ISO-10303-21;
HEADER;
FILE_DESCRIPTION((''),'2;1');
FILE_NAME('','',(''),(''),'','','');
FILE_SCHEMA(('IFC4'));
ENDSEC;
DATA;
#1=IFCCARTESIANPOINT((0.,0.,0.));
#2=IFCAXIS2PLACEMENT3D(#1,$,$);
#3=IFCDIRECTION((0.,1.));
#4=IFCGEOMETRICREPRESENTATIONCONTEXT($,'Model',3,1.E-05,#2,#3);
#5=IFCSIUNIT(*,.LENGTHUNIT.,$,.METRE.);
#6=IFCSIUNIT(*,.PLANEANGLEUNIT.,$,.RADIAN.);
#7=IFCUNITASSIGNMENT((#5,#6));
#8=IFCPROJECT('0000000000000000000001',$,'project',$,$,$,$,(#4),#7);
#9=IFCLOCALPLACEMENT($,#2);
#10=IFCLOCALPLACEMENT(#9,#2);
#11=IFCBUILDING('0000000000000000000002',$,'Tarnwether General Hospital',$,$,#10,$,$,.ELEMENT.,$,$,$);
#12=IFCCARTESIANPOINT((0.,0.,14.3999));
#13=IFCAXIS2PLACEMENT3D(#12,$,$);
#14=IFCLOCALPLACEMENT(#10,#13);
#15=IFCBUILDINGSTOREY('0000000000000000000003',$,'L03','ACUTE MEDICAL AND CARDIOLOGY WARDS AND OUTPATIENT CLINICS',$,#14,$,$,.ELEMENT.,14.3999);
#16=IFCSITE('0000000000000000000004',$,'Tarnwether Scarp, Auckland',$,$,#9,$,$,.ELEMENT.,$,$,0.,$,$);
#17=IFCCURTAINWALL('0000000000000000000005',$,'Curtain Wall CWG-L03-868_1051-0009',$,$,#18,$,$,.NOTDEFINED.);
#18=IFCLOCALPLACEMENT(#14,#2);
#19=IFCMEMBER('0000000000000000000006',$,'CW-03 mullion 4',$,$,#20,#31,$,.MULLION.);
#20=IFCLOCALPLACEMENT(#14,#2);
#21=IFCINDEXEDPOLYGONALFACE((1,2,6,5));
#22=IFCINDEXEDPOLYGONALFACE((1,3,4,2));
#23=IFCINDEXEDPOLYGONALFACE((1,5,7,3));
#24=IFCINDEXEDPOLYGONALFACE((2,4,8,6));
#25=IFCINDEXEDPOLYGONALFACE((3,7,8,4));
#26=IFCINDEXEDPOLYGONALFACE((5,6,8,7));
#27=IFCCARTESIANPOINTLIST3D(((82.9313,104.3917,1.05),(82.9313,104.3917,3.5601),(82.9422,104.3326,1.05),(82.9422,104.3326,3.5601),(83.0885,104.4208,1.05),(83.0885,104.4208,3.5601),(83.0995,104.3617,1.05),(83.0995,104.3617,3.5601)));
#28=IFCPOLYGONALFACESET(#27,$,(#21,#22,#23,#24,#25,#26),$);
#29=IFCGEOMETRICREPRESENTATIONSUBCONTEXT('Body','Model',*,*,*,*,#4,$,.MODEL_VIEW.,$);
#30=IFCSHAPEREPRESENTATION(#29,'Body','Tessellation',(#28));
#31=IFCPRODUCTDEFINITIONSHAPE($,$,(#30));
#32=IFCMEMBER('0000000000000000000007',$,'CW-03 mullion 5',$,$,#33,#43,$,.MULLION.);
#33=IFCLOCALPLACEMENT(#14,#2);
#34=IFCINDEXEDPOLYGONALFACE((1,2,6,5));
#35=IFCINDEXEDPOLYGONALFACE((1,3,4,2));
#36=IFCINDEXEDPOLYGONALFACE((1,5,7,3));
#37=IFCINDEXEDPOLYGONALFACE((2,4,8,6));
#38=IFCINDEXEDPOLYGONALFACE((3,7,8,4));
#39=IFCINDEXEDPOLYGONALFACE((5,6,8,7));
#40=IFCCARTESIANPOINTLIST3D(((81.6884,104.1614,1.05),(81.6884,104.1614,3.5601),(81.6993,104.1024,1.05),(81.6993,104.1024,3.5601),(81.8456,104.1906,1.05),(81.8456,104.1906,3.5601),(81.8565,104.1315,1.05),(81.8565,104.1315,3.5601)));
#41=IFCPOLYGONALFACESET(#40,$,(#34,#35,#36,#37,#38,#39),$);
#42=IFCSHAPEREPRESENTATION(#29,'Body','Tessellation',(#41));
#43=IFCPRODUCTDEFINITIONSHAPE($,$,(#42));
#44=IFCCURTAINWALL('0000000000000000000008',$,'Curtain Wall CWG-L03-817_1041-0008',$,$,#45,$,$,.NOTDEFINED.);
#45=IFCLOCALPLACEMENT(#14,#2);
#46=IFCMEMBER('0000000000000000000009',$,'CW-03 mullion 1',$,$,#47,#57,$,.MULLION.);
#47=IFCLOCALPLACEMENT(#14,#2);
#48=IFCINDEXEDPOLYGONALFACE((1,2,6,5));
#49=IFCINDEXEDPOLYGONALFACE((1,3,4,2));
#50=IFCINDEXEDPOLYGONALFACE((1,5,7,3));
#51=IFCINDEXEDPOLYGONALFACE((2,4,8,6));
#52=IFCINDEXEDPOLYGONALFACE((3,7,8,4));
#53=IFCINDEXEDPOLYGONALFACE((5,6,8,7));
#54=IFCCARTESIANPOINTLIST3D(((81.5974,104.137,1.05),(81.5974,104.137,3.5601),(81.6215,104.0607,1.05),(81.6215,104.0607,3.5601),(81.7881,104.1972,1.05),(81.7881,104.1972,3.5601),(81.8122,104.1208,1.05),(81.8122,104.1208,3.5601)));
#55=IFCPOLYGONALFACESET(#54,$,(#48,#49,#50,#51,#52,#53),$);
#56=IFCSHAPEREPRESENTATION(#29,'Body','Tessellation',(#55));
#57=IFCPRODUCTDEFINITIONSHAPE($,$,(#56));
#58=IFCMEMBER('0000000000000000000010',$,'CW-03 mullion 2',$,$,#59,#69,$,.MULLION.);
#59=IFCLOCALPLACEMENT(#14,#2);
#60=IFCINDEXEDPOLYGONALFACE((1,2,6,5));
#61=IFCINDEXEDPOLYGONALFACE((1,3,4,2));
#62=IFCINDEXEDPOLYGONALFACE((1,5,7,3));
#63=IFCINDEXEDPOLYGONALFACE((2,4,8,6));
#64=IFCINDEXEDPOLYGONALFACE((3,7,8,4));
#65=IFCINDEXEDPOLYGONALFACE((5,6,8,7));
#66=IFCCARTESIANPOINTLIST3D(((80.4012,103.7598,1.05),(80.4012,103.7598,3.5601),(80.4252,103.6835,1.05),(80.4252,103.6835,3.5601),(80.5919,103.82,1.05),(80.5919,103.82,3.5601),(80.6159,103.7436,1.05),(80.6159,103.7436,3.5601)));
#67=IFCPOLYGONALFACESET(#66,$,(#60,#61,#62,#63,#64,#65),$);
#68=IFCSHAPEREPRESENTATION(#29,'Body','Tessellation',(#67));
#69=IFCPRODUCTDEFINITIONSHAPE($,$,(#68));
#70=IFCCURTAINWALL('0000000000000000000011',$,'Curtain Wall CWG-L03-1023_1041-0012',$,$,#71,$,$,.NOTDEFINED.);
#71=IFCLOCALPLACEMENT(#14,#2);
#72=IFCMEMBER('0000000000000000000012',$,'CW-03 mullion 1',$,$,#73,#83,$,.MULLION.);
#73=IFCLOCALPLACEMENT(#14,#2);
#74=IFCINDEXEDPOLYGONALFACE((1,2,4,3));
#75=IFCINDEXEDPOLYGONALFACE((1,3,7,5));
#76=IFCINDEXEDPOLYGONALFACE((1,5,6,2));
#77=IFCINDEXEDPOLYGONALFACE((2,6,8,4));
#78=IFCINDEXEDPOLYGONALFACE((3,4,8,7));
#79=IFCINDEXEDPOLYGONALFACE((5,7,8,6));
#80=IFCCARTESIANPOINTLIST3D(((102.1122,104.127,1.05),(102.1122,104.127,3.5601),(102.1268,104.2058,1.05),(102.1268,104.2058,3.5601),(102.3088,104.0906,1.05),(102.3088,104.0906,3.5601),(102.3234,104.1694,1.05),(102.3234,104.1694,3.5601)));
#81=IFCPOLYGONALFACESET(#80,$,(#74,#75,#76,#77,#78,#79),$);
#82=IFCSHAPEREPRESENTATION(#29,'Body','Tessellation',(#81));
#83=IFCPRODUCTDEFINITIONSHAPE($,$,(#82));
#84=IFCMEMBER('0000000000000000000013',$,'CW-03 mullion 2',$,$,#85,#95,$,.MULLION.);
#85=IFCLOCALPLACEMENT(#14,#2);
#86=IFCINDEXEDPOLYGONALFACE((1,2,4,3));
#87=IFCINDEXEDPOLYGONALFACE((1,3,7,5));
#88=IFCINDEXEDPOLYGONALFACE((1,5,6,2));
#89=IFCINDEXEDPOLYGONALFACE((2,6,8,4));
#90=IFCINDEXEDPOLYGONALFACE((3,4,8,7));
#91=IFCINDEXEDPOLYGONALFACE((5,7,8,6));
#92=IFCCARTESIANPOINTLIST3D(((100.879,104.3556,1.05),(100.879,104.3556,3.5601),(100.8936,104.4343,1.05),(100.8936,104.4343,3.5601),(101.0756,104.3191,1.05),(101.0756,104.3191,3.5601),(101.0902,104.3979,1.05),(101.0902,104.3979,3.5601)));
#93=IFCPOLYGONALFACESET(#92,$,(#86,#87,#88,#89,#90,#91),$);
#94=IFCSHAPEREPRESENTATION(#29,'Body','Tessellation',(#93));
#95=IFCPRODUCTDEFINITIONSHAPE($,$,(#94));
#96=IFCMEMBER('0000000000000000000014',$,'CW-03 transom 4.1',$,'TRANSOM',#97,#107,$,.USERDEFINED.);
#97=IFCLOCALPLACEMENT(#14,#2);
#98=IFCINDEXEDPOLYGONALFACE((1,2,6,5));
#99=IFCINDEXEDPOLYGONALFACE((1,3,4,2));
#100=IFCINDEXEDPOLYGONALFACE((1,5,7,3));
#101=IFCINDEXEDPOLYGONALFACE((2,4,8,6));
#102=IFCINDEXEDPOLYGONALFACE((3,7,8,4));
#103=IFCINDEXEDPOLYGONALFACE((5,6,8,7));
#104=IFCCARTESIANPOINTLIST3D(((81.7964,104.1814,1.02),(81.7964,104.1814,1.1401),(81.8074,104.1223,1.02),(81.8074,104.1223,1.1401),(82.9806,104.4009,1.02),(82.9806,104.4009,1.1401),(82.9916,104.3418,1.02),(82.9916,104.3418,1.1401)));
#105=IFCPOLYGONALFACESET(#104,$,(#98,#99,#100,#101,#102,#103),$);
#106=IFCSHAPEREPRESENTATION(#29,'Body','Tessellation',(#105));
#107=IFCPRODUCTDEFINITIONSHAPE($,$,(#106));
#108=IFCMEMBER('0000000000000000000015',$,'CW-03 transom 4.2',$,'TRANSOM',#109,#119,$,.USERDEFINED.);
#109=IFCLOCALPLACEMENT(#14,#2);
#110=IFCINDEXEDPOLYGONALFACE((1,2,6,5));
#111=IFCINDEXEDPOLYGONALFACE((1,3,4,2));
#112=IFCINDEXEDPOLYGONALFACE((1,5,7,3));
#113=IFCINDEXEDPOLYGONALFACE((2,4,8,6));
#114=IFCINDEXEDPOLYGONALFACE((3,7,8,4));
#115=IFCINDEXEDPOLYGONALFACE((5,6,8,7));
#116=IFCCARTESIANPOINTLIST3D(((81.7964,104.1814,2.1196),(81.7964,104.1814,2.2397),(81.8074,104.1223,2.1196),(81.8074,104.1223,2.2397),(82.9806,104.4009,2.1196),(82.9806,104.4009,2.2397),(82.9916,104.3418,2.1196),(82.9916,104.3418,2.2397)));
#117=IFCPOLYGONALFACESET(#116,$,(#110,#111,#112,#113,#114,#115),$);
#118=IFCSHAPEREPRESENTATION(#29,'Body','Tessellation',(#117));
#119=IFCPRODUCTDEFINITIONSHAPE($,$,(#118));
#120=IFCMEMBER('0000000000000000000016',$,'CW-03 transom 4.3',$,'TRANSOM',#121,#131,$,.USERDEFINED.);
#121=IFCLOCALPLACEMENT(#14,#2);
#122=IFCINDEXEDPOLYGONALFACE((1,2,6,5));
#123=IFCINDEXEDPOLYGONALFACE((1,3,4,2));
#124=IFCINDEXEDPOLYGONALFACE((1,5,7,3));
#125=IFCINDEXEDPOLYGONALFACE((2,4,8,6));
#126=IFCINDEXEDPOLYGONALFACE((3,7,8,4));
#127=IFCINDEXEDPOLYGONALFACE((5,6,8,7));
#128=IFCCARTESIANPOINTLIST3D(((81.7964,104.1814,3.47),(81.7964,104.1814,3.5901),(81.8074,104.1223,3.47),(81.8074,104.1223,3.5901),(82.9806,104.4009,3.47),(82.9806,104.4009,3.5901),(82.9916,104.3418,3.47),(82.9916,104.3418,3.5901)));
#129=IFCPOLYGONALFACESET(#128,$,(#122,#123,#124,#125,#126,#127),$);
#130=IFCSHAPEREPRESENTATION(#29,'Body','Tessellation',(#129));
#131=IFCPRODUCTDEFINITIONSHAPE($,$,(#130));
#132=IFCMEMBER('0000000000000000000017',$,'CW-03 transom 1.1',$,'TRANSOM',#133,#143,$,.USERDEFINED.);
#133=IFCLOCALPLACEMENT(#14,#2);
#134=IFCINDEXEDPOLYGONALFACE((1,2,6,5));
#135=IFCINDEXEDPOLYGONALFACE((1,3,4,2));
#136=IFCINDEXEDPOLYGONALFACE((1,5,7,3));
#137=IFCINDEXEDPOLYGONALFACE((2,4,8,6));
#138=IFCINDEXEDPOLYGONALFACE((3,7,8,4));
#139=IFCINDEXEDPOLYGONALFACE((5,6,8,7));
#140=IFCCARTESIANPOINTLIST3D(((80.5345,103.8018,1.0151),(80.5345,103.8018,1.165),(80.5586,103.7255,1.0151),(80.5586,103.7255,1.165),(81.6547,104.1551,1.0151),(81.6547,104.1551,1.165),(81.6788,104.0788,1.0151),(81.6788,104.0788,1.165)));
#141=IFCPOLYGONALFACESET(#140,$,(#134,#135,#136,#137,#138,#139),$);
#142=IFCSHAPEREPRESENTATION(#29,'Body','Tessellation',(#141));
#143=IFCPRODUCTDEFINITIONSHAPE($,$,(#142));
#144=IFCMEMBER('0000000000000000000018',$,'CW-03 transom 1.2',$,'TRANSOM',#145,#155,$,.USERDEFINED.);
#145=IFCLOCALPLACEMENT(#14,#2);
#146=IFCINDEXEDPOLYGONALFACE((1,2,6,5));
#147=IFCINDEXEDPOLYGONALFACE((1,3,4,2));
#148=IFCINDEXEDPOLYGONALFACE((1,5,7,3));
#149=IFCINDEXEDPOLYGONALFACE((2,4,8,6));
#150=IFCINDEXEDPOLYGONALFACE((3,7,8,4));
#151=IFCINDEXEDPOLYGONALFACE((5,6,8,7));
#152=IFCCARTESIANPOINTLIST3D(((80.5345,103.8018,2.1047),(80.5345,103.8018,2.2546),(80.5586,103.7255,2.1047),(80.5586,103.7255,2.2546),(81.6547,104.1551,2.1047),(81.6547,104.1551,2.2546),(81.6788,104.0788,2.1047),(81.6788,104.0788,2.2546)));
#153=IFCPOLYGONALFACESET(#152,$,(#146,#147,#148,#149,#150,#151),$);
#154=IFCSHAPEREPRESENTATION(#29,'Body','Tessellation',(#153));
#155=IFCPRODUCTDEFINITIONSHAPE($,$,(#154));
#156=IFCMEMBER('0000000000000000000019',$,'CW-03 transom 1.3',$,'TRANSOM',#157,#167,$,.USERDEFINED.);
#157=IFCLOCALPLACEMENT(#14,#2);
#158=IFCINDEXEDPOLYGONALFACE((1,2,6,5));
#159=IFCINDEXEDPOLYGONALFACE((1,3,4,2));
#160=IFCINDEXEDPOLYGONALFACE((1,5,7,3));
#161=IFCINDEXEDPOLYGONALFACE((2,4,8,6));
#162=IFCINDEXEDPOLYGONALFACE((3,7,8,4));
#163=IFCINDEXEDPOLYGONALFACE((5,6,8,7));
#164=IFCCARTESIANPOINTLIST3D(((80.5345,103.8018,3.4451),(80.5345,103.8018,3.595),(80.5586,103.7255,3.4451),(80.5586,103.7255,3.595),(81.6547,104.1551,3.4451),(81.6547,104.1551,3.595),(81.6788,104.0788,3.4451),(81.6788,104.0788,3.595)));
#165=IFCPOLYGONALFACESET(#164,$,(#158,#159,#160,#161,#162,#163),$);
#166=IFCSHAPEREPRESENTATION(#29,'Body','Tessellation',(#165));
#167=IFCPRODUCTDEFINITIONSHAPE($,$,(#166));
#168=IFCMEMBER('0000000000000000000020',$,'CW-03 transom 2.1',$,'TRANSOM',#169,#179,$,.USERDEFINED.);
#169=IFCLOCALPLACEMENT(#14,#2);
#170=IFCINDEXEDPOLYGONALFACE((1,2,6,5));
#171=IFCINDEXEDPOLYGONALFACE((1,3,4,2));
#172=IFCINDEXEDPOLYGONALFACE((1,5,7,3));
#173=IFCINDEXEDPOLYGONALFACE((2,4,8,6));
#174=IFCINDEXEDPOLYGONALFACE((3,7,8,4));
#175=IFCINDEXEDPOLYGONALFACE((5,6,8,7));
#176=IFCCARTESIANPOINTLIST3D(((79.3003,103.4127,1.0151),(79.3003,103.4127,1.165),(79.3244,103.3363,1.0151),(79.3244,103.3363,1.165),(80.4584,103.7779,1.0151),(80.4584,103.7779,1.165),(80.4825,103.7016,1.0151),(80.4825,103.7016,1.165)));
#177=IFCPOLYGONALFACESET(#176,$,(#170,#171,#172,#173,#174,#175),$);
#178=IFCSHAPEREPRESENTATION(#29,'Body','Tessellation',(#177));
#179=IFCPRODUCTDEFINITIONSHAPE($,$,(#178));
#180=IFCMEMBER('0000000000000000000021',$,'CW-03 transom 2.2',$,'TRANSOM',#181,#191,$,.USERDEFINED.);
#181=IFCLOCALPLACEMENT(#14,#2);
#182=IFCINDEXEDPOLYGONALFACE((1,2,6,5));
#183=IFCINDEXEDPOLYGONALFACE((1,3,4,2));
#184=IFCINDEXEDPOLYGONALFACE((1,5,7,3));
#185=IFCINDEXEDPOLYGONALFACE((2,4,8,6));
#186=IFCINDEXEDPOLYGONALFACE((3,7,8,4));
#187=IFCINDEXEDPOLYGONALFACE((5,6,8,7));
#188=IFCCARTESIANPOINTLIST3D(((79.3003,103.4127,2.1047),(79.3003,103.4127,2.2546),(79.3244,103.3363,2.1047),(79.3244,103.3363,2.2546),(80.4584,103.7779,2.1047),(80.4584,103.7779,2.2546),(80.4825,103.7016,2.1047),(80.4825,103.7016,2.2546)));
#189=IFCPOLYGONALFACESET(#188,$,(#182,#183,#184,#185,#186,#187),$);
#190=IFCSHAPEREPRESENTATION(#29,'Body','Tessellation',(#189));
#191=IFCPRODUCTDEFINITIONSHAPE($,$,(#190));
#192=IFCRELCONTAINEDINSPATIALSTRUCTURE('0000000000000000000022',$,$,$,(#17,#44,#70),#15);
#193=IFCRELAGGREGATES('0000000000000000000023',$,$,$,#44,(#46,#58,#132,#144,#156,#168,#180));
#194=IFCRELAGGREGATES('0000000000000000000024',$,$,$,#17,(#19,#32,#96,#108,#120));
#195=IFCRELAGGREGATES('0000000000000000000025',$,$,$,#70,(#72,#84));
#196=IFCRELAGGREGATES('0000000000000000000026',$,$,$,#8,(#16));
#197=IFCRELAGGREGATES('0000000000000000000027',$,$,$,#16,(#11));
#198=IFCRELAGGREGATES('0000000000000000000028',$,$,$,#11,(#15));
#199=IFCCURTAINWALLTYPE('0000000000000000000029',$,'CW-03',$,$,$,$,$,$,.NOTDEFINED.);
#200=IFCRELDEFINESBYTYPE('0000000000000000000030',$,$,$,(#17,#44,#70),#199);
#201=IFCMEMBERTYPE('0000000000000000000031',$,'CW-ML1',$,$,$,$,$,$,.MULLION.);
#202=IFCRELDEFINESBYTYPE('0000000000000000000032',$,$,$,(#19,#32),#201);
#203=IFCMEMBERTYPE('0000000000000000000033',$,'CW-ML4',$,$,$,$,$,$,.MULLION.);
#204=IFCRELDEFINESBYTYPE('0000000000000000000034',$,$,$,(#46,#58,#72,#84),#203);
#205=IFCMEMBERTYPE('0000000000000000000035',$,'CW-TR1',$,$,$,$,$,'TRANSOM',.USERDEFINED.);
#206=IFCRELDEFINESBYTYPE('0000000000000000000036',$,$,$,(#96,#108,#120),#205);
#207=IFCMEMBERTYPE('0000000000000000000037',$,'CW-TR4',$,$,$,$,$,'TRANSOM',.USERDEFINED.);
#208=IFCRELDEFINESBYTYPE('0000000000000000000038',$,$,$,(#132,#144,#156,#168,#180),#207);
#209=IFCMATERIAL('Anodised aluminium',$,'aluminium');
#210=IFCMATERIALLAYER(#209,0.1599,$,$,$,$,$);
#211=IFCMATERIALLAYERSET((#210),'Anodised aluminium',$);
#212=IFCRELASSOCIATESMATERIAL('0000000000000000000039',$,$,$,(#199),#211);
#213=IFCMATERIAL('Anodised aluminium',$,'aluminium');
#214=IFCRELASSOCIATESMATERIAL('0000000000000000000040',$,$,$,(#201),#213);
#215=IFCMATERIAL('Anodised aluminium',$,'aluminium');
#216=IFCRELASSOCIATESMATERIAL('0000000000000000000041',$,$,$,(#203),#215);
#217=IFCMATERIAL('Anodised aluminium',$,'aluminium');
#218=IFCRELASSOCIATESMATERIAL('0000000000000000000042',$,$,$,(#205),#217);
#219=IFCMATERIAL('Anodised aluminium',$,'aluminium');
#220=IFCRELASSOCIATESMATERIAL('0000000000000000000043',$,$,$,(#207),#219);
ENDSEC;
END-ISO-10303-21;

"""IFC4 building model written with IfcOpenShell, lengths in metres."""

from ifc_helpers import new_model, si_unit, direction, frame, origin, origin_2d, place, context, subcontext, project, spatial, rectangle, extrude, material, layer, layer_set, material_profile, profile_set, type_object, element, aggregate, save


model = new_model("IFC4")

# Units and contexts
model_context = context("Model", 3, precision=1e-05, world=origin(), true_north=direction((0.0, 1.0)))
body_context = subcontext(model_context, "Body", "Model", "MODEL_VIEW")
ifc_project = project(units=[si_unit("LENGTHUNIT", "METRE"), si_unit("PLANEANGLEUNIT", "RADIAN")], contexts=[model_context])

# Site, building, storey
site_placement = place(None, origin())
site = spatial("IfcSite", under=ifc_project, at=site_placement, Name="Tarnwether Scarp, Auckland", CompositionType="ELEMENT", RefElevation=0.0)
building_placement = place(site_placement, origin())
building = spatial("IfcBuilding", under=site, at=building_placement, Name="Tarnwether General Hospital", CompositionType="ELEMENT")
storey_placement = place(building_placement, frame((0.0, 0.0, 14.3999)))
storey = spatial("IfcBuildingStorey", under=building, at=storey_placement, Name="L03", Description="ACUTE MEDICAL AND CARDIOLOGY WARDS AND OUTPATIENT CLINICS", CompositionType="ELEMENT", Elevation=14.3999)

# Curtain walls, members
ifc_material_1 = material(Name="Anodised aluminium", Category="aluminium")
ifc_layer_1 = layer(ifc_material_1, 0.1599)
ifc_layer_set_1 = layer_set([ifc_layer_1], Name="Anodised aluminium")
curtain_wall_type = type_object("IfcCurtainWallType", Name="CW-03", PredefinedType="NOTDEFINED", material=ifc_layer_set_1)
curtain_wall_1_placement = place(storey_placement, origin())
curtain_wall_1 = element("IfcCurtainWall", 1, at=curtain_wall_1_placement, inside=storey, type_object=curtain_wall_type, Name="Curtain Wall CWG-L03-868_1051-0009", PredefinedType="NOTDEFINED")
ifc_material_2 = material(Name="Anodised aluminium", Category="aluminium")
ifc_material_profile_1 = material_profile(ifc_material_2, rectangle(XDim=0.0601, YDim=0.1599, at=origin_2d()), Name="ALU-MUL-60x160")
ifc_profile_set_1 = profile_set([ifc_material_profile_1], Name="Anodised aluminium")
member_type_1 = type_object("IfcMemberType", Name="CW-ML1", PredefinedType="MULLION", material=ifc_profile_set_1)
member_1_placement = place(storey_placement, frame((83.0154, 104.3767, 1.05), z_axis=(0.0, 0.0, 1.0), x_axis=(0.182165, -0.983268, 0.0)))
member_1 = element("IfcMember", 2, at=member_1_placement, type_object=member_type_1, Name="CW-03 mullion 4", PredefinedType="MULLION", context=body_context, shape_type="SweptSolid", body=[
    extrude(rectangle(XDim=0.0601, YDim=0.1599, at=origin_2d()), origin(), (0.0, 0.0, 1.0), 2.51),
])
member_2_placement = place(storey_placement, frame((81.7725, 104.1465, 1.05), z_axis=(0.0, 0.0, 1.0), x_axis=(0.182165, -0.983268, 0.0)))
member_2 = element("IfcMember", 3, at=member_2_placement, type_object=member_type_1, Name="CW-03 mullion 5", PredefinedType="MULLION", context=body_context, shape_type="SweptSolid", body=[
    extrude(rectangle(XDim=0.0601, YDim=0.1599, at=origin_2d()), origin(), (0.0, 0.0, 1.0), 2.51),
])
curtain_wall_2_placement = place(storey_placement, origin())
curtain_wall_2 = element("IfcCurtainWall", 4, at=curtain_wall_2_placement, inside=storey, type_object=curtain_wall_type, Name="Curtain Wall CWG-L03-817_1041-0008", PredefinedType="NOTDEFINED")
ifc_material_3 = material(Name="Anodised aluminium", Category="aluminium")
ifc_material_profile_2 = material_profile(ifc_material_3, rectangle(XDim=0.0801, YDim=0.2, at=origin_2d()), Name="ALU-MUL-80x200")
ifc_profile_set_2 = profile_set([ifc_material_profile_2], Name="Anodised aluminium")
member_type_2 = type_object("IfcMemberType", Name="CW-ML4", PredefinedType="MULLION", material=ifc_profile_set_2)
member_3_placement = place(storey_placement, frame((81.7048, 104.1289, 1.05), z_axis=(0.0, 0.0, 1.0), x_axis=(0.300715, -0.953714, 0.0)))
member_3 = element("IfcMember", 5, at=member_3_placement, type_object=member_type_2, Name="CW-03 mullion 1", PredefinedType="MULLION", context=body_context, shape_type="SweptSolid", body=[
    extrude(rectangle(XDim=0.0801, YDim=0.2, at=origin_2d()), origin(), (0.0, 0.0, 1.0), 2.51),
])
member_4_placement = place(storey_placement, frame((80.5085, 103.7517, 1.05), z_axis=(0.0, 0.0, 1.0), x_axis=(0.300715, -0.953714, 0.0)))
member_4 = element("IfcMember", 6, at=member_4_placement, type_object=member_type_2, Name="CW-03 mullion 2", PredefinedType="MULLION", context=body_context, shape_type="SweptSolid", body=[
    extrude(rectangle(XDim=0.0801, YDim=0.2, at=origin_2d()), origin(), (0.0, 0.0, 1.0), 2.51),
])
curtain_wall_3_placement = place(storey_placement, origin())
curtain_wall_3 = element("IfcCurtainWall", 7, at=curtain_wall_3_placement, inside=storey, type_object=curtain_wall_type, Name="Curtain Wall CWG-L03-1023_1041-0012", PredefinedType="NOTDEFINED")
member_5_placement = place(storey_placement, frame((102.2178, 104.1482, 1.05), z_axis=(0.0, 0.0, 1.0), x_axis=(-0.182165, -0.983268, 0.0)))
member_5 = element("IfcMember", 8, at=member_5_placement, type_object=member_type_2, Name="CW-03 mullion 1", PredefinedType="MULLION", context=body_context, shape_type="SweptSolid", body=[
    extrude(rectangle(XDim=0.0801, YDim=0.2, at=origin_2d()), origin(), (0.0, 0.0, 1.0), 2.51),
])
member_6_placement = place(storey_placement, frame((100.9846, 104.3767, 1.05), z_axis=(0.0, 0.0, 1.0), x_axis=(-0.182165, -0.983268, 0.0)))
member_6 = element("IfcMember", 9, at=member_6_placement, type_object=member_type_2, Name="CW-03 mullion 2", PredefinedType="MULLION", context=body_context, shape_type="SweptSolid", body=[
    extrude(rectangle(XDim=0.0801, YDim=0.2, at=origin_2d()), origin(), (0.0, 0.0, 1.0), 2.51),
])

# Members
ifc_material_4 = material(Name="Anodised aluminium", Category="aluminium")
ifc_material_profile_3 = material_profile(ifc_material_4, rectangle(XDim=0.0601, YDim=0.1201, at=origin_2d()), Name="ALU-TRN-60x120")
ifc_profile_set_3 = profile_set([ifc_material_profile_3], Name="Anodised aluminium")
member_type_3 = type_object("IfcMemberType", Name="CW-TR1", ElementType="TRANSOM", PredefinedType="USERDEFINED", material=ifc_profile_set_3)
member_7_placement = place(storey_placement, frame((82.9861, 104.3713, 1.0801), z_axis=(-0.983251, -0.182256, 0.0), x_axis=(0.182256, -0.983251, 0.0)))
member_7 = element("IfcMember", 10, at=member_7_placement, type_object=member_type_3, Name="CW-03 transom 4.1", ObjectType="TRANSOM", PredefinedType="USERDEFINED", context=body_context, shape_type="SweptSolid", body=[
    extrude(rectangle(XDim=0.0601, YDim=0.1201, at=origin_2d()), origin(), (0.0, 0.0, 1.0), 1.2043),
])
member_8_placement = place(storey_placement, frame((82.9861, 104.3713, 2.1797), z_axis=(-0.983251, -0.182256, 0.0), x_axis=(0.182256, -0.983251, 0.0)))
member_8 = element("IfcMember", 11, at=member_8_placement, type_object=member_type_3, Name="CW-03 transom 4.2", ObjectType="TRANSOM", PredefinedType="USERDEFINED", context=body_context, shape_type="SweptSolid", body=[
    extrude(rectangle(XDim=0.0601, YDim=0.1201, at=origin_2d()), origin(), (0.0, 0.0, 1.0), 1.2043),
])
member_9_placement = place(storey_placement, frame((82.9861, 104.3713, 3.53), z_axis=(-0.983251, -0.182256, 0.0), x_axis=(0.182256, -0.983251, 0.0)))
member_9 = element("IfcMember", 12, at=member_9_placement, type_object=member_type_3, Name="CW-03 transom 4.3", ObjectType="TRANSOM", PredefinedType="USERDEFINED", context=body_context, shape_type="SweptSolid", body=[
    extrude(rectangle(XDim=0.0601, YDim=0.1201, at=origin_2d()), origin(), (0.0, 0.0, 1.0), 1.2043),
])
ifc_material_5 = material(Name="Anodised aluminium", Category="aluminium")
ifc_material_profile_4 = material_profile(ifc_material_5, rectangle(XDim=0.0801, YDim=0.1499, at=origin_2d()), Name="ALU-TRN-80x150")
ifc_profile_set_4 = profile_set([ifc_material_profile_4], Name="Anodised aluminium")
member_type_4 = type_object("IfcMemberType", Name="CW-TR4", ElementType="TRANSOM", PredefinedType="USERDEFINED", material=ifc_profile_set_4)
member_10_placement = place(storey_placement, frame((81.6667, 104.1169, 1.0901), z_axis=(-0.953693, -0.300783, 0.0), x_axis=(0.300783, -0.953693, 0.0)))
member_10 = element("IfcMember", 13, at=member_10_placement, type_object=member_type_4, Name="CW-03 transom 1.1", ObjectType="TRANSOM", PredefinedType="USERDEFINED", context=body_context, shape_type="SweptSolid", body=[
    extrude(rectangle(XDim=0.0801, YDim=0.1499, at=origin_2d()), origin(), (0.0, 0.0, 1.0), 1.1746),
])
member_11_placement = place(storey_placement, frame((81.6667, 104.1169, 2.1797), z_axis=(-0.953693, -0.300783, 0.0), x_axis=(0.300783, -0.953693, 0.0)))
member_11 = element("IfcMember", 14, at=member_11_placement, type_object=member_type_4, Name="CW-03 transom 1.2", ObjectType="TRANSOM", PredefinedType="USERDEFINED", context=body_context, shape_type="SweptSolid", body=[
    extrude(rectangle(XDim=0.0801, YDim=0.1499, at=origin_2d()), origin(), (0.0, 0.0, 1.0), 1.1746),
])
member_12_placement = place(storey_placement, frame((81.6667, 104.1169, 3.52), z_axis=(-0.953693, -0.300783, 0.0), x_axis=(0.300783, -0.953693, 0.0)))
member_12 = element("IfcMember", 15, at=member_12_placement, type_object=member_type_4, Name="CW-03 transom 1.3", ObjectType="TRANSOM", PredefinedType="USERDEFINED", context=body_context, shape_type="SweptSolid", body=[
    extrude(rectangle(XDim=0.0801, YDim=0.1499, at=origin_2d()), origin(), (0.0, 0.0, 1.0), 1.1746),
])
member_13_placement = place(storey_placement, frame((80.4705, 103.7397, 1.0901), z_axis=(-0.953704, -0.300746, 0.0), x_axis=(0.300746, -0.953704, 0.0)))
member_13 = element("IfcMember", 16, at=member_13_placement, type_object=member_type_4, Name="CW-03 transom 2.1", ObjectType="TRANSOM", PredefinedType="USERDEFINED", context=body_context, shape_type="SweptSolid", body=[
    extrude(rectangle(XDim=0.0801, YDim=0.1499, at=origin_2d()), origin(), (0.0, 0.0, 1.0), 1.2144),
])
member_14_placement = place(storey_placement, frame((80.4705, 103.7397, 2.1797), z_axis=(-0.953704, -0.300746, 0.0), x_axis=(0.300746, -0.953704, 0.0)))
member_14 = element("IfcMember", 17, at=member_14_placement, type_object=member_type_4, Name="CW-03 transom 2.2", ObjectType="TRANSOM", PredefinedType="USERDEFINED", context=body_context, shape_type="SweptSolid", body=[
    extrude(rectangle(XDim=0.0801, YDim=0.1499, at=origin_2d()), origin(), (0.0, 0.0, 1.0), 1.2144),
])

aggregate(curtain_wall_2, [member_3, member_4, member_10, member_11, member_12, member_13, member_14])
aggregate(curtain_wall_1, [member_1, member_2, member_7, member_8, member_9])
aggregate(curtain_wall_3, [member_5, member_6])

save(model, "model.ifc")
